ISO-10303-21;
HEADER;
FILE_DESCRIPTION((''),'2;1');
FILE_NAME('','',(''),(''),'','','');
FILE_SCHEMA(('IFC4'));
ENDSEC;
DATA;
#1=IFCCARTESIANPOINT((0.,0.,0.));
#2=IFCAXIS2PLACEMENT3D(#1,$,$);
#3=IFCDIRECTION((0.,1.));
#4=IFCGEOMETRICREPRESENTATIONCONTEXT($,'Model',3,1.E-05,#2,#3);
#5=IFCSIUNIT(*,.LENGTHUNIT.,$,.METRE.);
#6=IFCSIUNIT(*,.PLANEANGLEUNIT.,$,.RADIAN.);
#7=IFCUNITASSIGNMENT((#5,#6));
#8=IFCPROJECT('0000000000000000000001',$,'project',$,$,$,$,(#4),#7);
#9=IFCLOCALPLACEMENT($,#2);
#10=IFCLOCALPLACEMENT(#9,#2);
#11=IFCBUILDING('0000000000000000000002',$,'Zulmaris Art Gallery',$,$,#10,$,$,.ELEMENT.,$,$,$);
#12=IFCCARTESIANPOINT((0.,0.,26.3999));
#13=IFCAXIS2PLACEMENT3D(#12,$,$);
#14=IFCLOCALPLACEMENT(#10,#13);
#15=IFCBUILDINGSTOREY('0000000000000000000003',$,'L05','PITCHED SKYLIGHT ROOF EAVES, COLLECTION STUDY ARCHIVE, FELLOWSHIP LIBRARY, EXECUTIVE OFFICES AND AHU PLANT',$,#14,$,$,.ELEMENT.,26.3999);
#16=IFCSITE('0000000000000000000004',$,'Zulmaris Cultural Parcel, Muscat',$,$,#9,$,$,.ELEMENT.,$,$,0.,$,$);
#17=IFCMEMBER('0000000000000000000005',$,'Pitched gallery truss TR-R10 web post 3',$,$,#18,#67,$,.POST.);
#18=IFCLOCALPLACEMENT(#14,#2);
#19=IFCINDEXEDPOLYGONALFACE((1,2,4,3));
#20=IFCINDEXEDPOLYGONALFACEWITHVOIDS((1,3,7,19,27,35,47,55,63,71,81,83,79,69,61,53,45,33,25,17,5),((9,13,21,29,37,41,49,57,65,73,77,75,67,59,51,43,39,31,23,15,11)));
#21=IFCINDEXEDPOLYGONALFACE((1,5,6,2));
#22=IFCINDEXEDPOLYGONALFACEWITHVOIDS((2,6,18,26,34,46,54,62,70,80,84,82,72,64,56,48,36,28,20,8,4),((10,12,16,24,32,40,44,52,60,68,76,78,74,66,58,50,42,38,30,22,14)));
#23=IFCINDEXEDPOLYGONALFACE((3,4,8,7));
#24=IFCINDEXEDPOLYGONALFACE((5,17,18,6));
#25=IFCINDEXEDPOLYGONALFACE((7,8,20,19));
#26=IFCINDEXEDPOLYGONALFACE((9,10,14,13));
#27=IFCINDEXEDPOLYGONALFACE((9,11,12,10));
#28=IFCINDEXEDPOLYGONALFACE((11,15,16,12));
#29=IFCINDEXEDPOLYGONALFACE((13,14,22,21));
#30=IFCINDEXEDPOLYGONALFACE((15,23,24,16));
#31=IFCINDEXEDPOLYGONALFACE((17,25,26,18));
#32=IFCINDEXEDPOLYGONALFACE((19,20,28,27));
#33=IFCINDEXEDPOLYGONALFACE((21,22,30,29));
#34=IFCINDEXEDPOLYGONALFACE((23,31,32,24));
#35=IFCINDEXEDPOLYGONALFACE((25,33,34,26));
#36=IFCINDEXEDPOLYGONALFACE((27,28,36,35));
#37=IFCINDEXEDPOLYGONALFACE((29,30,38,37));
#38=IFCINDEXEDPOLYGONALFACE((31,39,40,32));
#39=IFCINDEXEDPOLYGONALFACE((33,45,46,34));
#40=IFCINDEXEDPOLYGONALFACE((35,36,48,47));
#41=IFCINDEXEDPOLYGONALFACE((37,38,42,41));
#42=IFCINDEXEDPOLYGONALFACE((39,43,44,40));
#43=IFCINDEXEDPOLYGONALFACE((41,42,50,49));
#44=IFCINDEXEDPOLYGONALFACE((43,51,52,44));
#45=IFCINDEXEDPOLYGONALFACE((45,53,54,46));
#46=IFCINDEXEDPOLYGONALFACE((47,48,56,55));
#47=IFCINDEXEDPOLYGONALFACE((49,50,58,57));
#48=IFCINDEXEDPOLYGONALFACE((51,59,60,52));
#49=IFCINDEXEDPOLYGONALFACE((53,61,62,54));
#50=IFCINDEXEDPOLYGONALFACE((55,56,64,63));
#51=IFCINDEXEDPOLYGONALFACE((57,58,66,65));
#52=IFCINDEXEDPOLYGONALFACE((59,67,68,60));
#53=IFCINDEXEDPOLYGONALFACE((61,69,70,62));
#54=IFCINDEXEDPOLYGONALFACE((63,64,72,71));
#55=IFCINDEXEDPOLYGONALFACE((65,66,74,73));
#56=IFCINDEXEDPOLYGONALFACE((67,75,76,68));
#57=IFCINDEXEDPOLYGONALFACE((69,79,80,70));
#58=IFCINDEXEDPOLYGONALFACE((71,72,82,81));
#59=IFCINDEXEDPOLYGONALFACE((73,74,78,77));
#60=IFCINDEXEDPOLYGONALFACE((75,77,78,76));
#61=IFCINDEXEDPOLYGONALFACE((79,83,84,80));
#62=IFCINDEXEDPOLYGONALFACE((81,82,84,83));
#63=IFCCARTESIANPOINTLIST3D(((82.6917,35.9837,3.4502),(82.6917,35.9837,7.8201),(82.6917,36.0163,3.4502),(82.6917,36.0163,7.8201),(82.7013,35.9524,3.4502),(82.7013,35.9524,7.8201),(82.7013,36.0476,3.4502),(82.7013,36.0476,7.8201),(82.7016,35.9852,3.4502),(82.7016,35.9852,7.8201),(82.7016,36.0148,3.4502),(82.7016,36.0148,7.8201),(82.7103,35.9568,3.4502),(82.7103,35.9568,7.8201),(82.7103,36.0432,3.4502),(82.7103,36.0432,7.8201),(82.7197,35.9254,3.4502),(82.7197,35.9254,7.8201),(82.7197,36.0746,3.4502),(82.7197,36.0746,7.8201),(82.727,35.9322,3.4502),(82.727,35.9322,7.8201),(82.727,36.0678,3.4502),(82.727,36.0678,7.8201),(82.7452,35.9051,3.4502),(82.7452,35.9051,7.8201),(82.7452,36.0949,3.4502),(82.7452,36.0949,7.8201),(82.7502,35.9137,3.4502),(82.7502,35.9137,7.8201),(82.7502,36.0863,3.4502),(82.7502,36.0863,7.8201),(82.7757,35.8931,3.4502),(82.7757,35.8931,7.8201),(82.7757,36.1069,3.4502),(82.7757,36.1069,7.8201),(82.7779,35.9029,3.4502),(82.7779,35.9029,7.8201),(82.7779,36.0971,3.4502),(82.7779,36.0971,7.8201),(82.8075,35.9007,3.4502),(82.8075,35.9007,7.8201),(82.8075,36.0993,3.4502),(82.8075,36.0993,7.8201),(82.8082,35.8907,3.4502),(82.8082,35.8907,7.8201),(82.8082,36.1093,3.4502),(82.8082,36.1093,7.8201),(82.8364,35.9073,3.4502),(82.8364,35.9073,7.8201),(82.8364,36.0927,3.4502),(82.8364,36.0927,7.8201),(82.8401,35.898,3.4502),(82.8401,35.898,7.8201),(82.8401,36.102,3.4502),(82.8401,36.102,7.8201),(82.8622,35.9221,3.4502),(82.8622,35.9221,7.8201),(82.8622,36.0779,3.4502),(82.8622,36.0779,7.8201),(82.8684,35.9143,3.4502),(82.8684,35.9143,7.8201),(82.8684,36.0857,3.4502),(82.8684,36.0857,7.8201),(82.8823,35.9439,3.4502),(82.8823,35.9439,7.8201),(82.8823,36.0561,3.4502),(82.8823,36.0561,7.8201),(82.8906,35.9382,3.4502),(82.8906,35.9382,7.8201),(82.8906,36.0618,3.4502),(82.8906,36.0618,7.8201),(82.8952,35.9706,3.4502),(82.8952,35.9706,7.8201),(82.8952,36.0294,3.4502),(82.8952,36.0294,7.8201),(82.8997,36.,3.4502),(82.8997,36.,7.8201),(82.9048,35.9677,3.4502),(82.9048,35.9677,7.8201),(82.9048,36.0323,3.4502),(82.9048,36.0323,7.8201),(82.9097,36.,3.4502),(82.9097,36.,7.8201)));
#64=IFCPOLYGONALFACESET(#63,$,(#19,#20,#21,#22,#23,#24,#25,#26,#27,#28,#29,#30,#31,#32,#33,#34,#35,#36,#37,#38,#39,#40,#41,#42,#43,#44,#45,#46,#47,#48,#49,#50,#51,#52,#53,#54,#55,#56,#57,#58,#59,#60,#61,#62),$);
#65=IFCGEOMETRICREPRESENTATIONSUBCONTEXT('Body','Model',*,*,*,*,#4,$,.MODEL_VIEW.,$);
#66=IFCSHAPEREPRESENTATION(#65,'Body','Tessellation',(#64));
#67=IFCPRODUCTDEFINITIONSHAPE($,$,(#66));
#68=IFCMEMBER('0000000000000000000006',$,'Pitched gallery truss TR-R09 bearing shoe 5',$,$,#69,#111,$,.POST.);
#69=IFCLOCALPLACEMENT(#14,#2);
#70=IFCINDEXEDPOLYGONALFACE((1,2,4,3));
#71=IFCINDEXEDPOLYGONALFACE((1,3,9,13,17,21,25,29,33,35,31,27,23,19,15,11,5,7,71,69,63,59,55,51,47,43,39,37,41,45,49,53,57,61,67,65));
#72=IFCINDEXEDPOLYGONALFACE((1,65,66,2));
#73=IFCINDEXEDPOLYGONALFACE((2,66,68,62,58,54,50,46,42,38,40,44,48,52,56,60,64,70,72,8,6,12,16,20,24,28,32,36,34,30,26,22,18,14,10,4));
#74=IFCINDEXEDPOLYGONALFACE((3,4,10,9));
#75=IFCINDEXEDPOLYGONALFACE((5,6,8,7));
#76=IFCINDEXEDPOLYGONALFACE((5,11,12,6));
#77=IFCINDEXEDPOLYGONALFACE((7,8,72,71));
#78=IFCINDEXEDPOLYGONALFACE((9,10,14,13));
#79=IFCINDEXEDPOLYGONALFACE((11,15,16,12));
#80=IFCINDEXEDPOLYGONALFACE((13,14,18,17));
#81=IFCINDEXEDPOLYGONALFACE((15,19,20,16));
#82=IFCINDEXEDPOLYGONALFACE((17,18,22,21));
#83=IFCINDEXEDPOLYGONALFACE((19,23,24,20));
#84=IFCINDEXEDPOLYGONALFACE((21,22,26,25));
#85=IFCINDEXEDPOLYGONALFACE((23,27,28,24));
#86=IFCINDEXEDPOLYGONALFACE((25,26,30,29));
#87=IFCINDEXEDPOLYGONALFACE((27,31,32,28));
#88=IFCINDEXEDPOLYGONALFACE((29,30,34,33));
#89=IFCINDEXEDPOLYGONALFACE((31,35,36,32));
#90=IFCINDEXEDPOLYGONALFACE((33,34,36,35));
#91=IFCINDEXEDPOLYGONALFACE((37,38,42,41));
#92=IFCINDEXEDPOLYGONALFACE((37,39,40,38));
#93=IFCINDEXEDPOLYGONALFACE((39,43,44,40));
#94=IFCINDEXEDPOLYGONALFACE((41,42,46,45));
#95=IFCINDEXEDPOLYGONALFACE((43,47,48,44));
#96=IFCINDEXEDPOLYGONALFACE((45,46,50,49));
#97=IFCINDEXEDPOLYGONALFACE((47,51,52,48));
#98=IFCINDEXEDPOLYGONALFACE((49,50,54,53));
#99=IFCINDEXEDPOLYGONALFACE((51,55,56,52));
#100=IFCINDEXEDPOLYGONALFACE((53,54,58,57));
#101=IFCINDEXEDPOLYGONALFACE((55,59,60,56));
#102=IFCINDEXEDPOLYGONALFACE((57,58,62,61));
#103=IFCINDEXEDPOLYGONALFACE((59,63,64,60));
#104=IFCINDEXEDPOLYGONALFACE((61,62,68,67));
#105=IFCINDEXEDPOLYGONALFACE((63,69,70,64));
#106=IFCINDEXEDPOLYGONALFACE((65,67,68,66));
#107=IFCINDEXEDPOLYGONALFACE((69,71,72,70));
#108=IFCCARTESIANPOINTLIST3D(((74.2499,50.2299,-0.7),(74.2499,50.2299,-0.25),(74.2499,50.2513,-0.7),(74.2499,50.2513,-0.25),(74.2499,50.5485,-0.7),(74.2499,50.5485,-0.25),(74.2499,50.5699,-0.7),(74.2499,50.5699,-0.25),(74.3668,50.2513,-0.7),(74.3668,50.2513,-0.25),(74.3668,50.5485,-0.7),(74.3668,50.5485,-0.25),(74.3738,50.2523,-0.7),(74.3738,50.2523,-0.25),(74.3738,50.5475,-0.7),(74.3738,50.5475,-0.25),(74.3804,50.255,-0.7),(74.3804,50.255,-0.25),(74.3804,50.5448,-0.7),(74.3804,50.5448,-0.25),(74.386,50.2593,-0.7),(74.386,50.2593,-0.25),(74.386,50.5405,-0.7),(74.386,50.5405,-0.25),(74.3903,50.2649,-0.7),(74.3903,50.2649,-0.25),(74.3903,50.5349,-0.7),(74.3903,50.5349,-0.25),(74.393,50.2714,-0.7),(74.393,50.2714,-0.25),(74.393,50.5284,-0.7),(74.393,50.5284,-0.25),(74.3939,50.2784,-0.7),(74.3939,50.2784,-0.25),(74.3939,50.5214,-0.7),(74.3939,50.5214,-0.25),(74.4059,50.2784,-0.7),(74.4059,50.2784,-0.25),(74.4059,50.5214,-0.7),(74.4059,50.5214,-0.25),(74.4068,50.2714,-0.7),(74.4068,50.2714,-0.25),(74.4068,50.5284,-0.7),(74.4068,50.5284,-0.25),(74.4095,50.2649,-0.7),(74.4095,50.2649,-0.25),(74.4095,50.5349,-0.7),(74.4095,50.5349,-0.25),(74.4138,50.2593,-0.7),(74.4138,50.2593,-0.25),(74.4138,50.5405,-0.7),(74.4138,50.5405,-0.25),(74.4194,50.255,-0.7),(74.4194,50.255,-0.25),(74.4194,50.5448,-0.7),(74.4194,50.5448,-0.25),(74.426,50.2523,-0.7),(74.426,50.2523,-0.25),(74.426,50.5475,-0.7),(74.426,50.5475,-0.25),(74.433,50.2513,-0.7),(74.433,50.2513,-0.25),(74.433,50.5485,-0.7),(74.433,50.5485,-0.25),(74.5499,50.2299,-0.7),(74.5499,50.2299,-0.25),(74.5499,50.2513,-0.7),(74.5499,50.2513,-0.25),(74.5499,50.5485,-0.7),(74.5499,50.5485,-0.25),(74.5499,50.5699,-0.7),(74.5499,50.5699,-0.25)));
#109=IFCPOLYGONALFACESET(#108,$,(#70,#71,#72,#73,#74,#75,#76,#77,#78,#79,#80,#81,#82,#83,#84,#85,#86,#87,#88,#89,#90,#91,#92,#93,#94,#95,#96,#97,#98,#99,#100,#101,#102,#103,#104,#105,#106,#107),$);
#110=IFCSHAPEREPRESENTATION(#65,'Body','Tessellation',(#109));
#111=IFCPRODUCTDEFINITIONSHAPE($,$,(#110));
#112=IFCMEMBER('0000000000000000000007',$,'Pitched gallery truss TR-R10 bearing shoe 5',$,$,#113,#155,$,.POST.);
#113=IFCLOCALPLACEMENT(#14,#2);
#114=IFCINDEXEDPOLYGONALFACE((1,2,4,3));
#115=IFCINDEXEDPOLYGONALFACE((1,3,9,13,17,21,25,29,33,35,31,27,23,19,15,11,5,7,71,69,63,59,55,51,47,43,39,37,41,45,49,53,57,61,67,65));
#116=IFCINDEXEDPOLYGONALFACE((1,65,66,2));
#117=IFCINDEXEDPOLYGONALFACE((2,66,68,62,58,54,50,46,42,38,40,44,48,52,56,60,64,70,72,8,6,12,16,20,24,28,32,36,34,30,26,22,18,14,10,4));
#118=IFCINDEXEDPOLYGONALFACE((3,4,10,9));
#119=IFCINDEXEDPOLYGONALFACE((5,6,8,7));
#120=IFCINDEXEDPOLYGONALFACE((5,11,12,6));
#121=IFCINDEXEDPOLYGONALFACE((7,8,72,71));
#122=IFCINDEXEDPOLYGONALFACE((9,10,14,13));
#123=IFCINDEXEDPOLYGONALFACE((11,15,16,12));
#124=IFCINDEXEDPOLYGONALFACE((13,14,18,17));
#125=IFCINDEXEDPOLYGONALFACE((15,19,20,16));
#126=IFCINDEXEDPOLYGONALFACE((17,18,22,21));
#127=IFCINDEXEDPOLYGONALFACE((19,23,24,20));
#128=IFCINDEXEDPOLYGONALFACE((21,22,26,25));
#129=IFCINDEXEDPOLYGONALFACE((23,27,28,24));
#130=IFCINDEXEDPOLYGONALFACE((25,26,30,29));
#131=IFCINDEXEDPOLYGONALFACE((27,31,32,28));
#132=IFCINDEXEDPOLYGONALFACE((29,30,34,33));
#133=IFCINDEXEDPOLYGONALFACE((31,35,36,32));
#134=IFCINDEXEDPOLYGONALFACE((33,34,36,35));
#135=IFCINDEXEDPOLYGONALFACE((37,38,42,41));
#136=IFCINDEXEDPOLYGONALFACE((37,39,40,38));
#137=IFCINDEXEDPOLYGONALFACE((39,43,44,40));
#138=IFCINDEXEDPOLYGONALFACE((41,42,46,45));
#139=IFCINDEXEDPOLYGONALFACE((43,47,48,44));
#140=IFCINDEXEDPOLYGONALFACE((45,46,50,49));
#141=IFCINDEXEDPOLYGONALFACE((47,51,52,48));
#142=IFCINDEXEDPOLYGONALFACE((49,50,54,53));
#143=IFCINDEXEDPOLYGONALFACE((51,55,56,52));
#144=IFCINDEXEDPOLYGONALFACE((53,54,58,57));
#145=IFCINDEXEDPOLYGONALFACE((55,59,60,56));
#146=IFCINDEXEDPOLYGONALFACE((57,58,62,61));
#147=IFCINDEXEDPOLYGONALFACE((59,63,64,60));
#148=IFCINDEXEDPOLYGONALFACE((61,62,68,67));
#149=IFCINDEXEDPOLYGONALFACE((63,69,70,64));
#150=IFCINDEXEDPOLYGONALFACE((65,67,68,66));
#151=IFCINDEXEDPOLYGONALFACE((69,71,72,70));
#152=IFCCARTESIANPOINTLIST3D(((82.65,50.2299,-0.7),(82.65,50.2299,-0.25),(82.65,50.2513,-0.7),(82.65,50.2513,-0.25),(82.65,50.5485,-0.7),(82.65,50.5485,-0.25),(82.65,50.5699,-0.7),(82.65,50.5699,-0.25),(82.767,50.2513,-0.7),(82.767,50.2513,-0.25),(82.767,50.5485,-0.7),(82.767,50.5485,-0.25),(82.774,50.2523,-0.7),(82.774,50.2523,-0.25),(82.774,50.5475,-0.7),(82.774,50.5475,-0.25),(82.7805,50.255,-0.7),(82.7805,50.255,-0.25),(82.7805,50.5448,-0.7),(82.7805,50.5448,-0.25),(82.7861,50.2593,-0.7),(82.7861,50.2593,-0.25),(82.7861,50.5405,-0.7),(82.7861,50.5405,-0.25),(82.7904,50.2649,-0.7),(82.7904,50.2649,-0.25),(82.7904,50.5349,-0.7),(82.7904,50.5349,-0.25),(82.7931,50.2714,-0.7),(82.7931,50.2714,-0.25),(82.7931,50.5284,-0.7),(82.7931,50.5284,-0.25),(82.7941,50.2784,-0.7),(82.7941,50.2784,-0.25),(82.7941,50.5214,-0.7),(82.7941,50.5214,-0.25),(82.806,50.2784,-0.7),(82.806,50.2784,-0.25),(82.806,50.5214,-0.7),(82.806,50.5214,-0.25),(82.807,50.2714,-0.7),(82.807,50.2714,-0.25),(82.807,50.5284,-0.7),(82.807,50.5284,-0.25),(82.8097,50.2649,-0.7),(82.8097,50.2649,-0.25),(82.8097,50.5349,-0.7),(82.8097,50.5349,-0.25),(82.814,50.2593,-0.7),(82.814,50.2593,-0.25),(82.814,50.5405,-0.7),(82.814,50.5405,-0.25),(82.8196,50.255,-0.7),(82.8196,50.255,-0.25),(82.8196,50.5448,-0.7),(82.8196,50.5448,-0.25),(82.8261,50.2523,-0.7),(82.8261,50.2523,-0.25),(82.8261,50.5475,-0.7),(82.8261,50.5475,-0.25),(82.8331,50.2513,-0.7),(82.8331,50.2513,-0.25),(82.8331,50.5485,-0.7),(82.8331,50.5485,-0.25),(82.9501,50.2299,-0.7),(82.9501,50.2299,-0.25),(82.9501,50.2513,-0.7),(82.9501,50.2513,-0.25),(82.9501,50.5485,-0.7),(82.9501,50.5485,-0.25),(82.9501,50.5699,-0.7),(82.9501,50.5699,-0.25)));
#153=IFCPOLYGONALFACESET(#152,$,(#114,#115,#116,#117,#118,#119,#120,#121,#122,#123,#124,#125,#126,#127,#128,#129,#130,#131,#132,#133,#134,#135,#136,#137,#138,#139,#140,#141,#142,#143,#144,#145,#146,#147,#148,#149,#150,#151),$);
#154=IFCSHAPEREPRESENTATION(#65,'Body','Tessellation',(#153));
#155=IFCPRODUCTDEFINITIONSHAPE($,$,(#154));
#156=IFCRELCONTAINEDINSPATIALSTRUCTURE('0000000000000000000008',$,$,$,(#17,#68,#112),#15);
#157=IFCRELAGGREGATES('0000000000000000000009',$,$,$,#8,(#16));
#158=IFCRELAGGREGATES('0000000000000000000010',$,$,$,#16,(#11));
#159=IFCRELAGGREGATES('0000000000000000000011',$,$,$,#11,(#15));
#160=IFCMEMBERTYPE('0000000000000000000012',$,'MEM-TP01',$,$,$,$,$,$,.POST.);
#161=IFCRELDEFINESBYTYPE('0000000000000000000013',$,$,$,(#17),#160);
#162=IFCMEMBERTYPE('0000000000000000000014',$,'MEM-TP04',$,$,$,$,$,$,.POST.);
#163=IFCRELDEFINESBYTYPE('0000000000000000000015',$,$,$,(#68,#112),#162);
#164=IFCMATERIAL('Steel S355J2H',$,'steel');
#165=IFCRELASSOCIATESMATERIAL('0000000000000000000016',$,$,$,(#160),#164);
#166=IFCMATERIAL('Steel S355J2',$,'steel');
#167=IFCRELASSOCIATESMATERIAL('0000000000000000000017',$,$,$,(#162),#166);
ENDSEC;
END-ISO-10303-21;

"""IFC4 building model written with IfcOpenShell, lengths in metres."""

from ifc_helpers import new_model, si_unit, direction, frame, origin, origin_2d, place, context, subcontext, project, spatial, hollow_circle, i_section, extrude, material, material_profile, profile_set, type_object, element, save


model = new_model("IFC4")

# Units and contexts
model_context = context("Model", 3, precision=1e-05, world=origin(), true_north=direction((0.0, 1.0)))
body_context = subcontext(model_context, "Body", "Model", "MODEL_VIEW")
ifc_project = project(units=[si_unit("LENGTHUNIT", "METRE"), si_unit("PLANEANGLEUNIT", "RADIAN")], contexts=[model_context])

# Site, building, storey
site_placement = place(None, origin())
site = spatial("IfcSite", under=ifc_project, at=site_placement, Name="Zulmaris Cultural Parcel, Muscat", CompositionType="ELEMENT", RefElevation=0.0)
building_placement = place(site_placement, origin())
building = spatial("IfcBuilding", under=site, at=building_placement, Name="Zulmaris Art Gallery", CompositionType="ELEMENT")
storey_placement = place(building_placement, frame((0.0, 0.0, 26.3999)))
storey = spatial("IfcBuildingStorey", under=building, at=storey_placement, Name="L05", Description="PITCHED SKYLIGHT ROOF EAVES, COLLECTION STUDY ARCHIVE, FELLOWSHIP LIBRARY, EXECUTIVE OFFICES AND AHU PLANT", CompositionType="ELEMENT", Elevation=26.3999)

# Members
ifc_material_1 = material(Name="Steel S355J2H", Category="steel")
ifc_material_2 = material(Name="Steel S355J2", Category="steel")
ifc_material_profile_1 = material_profile(ifc_material_1, hollow_circle(Radius=0.1096, WallThickness=0.01, at=origin_2d()), Name="CHS 219.1x10")
ifc_profile_set_1 = profile_set([ifc_material_profile_1], Name="Steel S355J2H")
member_type_1 = type_object("IfcMemberType", Name="MEM-TP01", PredefinedType="POST", material=ifc_profile_set_1)
member_1_placement = place(storey_placement, frame((82.8, 36.0, 3.4502), z_axis=(0.0, 0.0, 1.0), x_axis=(1.0, 0.0, 0.0)))
element("IfcMember", 1, at=member_1_placement, inside=storey, type_object=member_type_1, Name="Pitched gallery truss TR-R10 web post 3", PredefinedType="POST", context=body_context, shape_type="SweptSolid", body=[
    extrude(hollow_circle(Radius=0.1096, WallThickness=0.01, at=origin_2d()), origin(), (0.0, 0.0, 1.0), 4.3699),
])
ifc_material_profile_2 = material_profile(ifc_material_2, i_section(OverallWidth=0.3, OverallDepth=0.3401, WebThickness=0.012, FlangeThickness=0.0215, FilletRadius=0.0271, at=origin_2d()), Name="HEB 340")
ifc_profile_set_2 = profile_set([ifc_material_profile_2], Name="Steel S355J2")
member_type_2 = type_object("IfcMemberType", Name="MEM-TP04", PredefinedType="POST", material=ifc_profile_set_2)
for number, where, z_axis, x_axis, name in (
    (2, (74.3999, 50.3999, -0.7), (0.0, 0.0, 1.0), (1.0, 0.0, 0.0), "Pitched gallery truss TR-R09 bearing shoe 5"),
    (3, (82.8, 50.3999, -0.7), (0.0, 0.0, 1.0), (1.0, 0.0, 0.0), "Pitched gallery truss TR-R10 bearing shoe 5"),
):
    element("IfcMember", number, at=place(storey_placement, frame(where, z_axis=z_axis, x_axis=x_axis)), inside=storey, type_object=member_type_2, Name=name, PredefinedType="POST", context=body_context, shape_type="SweptSolid", body=[
        extrude(i_section(OverallWidth=0.3, OverallDepth=0.3401, WebThickness=0.012, FlangeThickness=0.0215, FilletRadius=0.0271, at=origin_2d()), origin(), (0.0, 0.0, 1.0), 0.45),
    ])

save(model, "model.ifc")
